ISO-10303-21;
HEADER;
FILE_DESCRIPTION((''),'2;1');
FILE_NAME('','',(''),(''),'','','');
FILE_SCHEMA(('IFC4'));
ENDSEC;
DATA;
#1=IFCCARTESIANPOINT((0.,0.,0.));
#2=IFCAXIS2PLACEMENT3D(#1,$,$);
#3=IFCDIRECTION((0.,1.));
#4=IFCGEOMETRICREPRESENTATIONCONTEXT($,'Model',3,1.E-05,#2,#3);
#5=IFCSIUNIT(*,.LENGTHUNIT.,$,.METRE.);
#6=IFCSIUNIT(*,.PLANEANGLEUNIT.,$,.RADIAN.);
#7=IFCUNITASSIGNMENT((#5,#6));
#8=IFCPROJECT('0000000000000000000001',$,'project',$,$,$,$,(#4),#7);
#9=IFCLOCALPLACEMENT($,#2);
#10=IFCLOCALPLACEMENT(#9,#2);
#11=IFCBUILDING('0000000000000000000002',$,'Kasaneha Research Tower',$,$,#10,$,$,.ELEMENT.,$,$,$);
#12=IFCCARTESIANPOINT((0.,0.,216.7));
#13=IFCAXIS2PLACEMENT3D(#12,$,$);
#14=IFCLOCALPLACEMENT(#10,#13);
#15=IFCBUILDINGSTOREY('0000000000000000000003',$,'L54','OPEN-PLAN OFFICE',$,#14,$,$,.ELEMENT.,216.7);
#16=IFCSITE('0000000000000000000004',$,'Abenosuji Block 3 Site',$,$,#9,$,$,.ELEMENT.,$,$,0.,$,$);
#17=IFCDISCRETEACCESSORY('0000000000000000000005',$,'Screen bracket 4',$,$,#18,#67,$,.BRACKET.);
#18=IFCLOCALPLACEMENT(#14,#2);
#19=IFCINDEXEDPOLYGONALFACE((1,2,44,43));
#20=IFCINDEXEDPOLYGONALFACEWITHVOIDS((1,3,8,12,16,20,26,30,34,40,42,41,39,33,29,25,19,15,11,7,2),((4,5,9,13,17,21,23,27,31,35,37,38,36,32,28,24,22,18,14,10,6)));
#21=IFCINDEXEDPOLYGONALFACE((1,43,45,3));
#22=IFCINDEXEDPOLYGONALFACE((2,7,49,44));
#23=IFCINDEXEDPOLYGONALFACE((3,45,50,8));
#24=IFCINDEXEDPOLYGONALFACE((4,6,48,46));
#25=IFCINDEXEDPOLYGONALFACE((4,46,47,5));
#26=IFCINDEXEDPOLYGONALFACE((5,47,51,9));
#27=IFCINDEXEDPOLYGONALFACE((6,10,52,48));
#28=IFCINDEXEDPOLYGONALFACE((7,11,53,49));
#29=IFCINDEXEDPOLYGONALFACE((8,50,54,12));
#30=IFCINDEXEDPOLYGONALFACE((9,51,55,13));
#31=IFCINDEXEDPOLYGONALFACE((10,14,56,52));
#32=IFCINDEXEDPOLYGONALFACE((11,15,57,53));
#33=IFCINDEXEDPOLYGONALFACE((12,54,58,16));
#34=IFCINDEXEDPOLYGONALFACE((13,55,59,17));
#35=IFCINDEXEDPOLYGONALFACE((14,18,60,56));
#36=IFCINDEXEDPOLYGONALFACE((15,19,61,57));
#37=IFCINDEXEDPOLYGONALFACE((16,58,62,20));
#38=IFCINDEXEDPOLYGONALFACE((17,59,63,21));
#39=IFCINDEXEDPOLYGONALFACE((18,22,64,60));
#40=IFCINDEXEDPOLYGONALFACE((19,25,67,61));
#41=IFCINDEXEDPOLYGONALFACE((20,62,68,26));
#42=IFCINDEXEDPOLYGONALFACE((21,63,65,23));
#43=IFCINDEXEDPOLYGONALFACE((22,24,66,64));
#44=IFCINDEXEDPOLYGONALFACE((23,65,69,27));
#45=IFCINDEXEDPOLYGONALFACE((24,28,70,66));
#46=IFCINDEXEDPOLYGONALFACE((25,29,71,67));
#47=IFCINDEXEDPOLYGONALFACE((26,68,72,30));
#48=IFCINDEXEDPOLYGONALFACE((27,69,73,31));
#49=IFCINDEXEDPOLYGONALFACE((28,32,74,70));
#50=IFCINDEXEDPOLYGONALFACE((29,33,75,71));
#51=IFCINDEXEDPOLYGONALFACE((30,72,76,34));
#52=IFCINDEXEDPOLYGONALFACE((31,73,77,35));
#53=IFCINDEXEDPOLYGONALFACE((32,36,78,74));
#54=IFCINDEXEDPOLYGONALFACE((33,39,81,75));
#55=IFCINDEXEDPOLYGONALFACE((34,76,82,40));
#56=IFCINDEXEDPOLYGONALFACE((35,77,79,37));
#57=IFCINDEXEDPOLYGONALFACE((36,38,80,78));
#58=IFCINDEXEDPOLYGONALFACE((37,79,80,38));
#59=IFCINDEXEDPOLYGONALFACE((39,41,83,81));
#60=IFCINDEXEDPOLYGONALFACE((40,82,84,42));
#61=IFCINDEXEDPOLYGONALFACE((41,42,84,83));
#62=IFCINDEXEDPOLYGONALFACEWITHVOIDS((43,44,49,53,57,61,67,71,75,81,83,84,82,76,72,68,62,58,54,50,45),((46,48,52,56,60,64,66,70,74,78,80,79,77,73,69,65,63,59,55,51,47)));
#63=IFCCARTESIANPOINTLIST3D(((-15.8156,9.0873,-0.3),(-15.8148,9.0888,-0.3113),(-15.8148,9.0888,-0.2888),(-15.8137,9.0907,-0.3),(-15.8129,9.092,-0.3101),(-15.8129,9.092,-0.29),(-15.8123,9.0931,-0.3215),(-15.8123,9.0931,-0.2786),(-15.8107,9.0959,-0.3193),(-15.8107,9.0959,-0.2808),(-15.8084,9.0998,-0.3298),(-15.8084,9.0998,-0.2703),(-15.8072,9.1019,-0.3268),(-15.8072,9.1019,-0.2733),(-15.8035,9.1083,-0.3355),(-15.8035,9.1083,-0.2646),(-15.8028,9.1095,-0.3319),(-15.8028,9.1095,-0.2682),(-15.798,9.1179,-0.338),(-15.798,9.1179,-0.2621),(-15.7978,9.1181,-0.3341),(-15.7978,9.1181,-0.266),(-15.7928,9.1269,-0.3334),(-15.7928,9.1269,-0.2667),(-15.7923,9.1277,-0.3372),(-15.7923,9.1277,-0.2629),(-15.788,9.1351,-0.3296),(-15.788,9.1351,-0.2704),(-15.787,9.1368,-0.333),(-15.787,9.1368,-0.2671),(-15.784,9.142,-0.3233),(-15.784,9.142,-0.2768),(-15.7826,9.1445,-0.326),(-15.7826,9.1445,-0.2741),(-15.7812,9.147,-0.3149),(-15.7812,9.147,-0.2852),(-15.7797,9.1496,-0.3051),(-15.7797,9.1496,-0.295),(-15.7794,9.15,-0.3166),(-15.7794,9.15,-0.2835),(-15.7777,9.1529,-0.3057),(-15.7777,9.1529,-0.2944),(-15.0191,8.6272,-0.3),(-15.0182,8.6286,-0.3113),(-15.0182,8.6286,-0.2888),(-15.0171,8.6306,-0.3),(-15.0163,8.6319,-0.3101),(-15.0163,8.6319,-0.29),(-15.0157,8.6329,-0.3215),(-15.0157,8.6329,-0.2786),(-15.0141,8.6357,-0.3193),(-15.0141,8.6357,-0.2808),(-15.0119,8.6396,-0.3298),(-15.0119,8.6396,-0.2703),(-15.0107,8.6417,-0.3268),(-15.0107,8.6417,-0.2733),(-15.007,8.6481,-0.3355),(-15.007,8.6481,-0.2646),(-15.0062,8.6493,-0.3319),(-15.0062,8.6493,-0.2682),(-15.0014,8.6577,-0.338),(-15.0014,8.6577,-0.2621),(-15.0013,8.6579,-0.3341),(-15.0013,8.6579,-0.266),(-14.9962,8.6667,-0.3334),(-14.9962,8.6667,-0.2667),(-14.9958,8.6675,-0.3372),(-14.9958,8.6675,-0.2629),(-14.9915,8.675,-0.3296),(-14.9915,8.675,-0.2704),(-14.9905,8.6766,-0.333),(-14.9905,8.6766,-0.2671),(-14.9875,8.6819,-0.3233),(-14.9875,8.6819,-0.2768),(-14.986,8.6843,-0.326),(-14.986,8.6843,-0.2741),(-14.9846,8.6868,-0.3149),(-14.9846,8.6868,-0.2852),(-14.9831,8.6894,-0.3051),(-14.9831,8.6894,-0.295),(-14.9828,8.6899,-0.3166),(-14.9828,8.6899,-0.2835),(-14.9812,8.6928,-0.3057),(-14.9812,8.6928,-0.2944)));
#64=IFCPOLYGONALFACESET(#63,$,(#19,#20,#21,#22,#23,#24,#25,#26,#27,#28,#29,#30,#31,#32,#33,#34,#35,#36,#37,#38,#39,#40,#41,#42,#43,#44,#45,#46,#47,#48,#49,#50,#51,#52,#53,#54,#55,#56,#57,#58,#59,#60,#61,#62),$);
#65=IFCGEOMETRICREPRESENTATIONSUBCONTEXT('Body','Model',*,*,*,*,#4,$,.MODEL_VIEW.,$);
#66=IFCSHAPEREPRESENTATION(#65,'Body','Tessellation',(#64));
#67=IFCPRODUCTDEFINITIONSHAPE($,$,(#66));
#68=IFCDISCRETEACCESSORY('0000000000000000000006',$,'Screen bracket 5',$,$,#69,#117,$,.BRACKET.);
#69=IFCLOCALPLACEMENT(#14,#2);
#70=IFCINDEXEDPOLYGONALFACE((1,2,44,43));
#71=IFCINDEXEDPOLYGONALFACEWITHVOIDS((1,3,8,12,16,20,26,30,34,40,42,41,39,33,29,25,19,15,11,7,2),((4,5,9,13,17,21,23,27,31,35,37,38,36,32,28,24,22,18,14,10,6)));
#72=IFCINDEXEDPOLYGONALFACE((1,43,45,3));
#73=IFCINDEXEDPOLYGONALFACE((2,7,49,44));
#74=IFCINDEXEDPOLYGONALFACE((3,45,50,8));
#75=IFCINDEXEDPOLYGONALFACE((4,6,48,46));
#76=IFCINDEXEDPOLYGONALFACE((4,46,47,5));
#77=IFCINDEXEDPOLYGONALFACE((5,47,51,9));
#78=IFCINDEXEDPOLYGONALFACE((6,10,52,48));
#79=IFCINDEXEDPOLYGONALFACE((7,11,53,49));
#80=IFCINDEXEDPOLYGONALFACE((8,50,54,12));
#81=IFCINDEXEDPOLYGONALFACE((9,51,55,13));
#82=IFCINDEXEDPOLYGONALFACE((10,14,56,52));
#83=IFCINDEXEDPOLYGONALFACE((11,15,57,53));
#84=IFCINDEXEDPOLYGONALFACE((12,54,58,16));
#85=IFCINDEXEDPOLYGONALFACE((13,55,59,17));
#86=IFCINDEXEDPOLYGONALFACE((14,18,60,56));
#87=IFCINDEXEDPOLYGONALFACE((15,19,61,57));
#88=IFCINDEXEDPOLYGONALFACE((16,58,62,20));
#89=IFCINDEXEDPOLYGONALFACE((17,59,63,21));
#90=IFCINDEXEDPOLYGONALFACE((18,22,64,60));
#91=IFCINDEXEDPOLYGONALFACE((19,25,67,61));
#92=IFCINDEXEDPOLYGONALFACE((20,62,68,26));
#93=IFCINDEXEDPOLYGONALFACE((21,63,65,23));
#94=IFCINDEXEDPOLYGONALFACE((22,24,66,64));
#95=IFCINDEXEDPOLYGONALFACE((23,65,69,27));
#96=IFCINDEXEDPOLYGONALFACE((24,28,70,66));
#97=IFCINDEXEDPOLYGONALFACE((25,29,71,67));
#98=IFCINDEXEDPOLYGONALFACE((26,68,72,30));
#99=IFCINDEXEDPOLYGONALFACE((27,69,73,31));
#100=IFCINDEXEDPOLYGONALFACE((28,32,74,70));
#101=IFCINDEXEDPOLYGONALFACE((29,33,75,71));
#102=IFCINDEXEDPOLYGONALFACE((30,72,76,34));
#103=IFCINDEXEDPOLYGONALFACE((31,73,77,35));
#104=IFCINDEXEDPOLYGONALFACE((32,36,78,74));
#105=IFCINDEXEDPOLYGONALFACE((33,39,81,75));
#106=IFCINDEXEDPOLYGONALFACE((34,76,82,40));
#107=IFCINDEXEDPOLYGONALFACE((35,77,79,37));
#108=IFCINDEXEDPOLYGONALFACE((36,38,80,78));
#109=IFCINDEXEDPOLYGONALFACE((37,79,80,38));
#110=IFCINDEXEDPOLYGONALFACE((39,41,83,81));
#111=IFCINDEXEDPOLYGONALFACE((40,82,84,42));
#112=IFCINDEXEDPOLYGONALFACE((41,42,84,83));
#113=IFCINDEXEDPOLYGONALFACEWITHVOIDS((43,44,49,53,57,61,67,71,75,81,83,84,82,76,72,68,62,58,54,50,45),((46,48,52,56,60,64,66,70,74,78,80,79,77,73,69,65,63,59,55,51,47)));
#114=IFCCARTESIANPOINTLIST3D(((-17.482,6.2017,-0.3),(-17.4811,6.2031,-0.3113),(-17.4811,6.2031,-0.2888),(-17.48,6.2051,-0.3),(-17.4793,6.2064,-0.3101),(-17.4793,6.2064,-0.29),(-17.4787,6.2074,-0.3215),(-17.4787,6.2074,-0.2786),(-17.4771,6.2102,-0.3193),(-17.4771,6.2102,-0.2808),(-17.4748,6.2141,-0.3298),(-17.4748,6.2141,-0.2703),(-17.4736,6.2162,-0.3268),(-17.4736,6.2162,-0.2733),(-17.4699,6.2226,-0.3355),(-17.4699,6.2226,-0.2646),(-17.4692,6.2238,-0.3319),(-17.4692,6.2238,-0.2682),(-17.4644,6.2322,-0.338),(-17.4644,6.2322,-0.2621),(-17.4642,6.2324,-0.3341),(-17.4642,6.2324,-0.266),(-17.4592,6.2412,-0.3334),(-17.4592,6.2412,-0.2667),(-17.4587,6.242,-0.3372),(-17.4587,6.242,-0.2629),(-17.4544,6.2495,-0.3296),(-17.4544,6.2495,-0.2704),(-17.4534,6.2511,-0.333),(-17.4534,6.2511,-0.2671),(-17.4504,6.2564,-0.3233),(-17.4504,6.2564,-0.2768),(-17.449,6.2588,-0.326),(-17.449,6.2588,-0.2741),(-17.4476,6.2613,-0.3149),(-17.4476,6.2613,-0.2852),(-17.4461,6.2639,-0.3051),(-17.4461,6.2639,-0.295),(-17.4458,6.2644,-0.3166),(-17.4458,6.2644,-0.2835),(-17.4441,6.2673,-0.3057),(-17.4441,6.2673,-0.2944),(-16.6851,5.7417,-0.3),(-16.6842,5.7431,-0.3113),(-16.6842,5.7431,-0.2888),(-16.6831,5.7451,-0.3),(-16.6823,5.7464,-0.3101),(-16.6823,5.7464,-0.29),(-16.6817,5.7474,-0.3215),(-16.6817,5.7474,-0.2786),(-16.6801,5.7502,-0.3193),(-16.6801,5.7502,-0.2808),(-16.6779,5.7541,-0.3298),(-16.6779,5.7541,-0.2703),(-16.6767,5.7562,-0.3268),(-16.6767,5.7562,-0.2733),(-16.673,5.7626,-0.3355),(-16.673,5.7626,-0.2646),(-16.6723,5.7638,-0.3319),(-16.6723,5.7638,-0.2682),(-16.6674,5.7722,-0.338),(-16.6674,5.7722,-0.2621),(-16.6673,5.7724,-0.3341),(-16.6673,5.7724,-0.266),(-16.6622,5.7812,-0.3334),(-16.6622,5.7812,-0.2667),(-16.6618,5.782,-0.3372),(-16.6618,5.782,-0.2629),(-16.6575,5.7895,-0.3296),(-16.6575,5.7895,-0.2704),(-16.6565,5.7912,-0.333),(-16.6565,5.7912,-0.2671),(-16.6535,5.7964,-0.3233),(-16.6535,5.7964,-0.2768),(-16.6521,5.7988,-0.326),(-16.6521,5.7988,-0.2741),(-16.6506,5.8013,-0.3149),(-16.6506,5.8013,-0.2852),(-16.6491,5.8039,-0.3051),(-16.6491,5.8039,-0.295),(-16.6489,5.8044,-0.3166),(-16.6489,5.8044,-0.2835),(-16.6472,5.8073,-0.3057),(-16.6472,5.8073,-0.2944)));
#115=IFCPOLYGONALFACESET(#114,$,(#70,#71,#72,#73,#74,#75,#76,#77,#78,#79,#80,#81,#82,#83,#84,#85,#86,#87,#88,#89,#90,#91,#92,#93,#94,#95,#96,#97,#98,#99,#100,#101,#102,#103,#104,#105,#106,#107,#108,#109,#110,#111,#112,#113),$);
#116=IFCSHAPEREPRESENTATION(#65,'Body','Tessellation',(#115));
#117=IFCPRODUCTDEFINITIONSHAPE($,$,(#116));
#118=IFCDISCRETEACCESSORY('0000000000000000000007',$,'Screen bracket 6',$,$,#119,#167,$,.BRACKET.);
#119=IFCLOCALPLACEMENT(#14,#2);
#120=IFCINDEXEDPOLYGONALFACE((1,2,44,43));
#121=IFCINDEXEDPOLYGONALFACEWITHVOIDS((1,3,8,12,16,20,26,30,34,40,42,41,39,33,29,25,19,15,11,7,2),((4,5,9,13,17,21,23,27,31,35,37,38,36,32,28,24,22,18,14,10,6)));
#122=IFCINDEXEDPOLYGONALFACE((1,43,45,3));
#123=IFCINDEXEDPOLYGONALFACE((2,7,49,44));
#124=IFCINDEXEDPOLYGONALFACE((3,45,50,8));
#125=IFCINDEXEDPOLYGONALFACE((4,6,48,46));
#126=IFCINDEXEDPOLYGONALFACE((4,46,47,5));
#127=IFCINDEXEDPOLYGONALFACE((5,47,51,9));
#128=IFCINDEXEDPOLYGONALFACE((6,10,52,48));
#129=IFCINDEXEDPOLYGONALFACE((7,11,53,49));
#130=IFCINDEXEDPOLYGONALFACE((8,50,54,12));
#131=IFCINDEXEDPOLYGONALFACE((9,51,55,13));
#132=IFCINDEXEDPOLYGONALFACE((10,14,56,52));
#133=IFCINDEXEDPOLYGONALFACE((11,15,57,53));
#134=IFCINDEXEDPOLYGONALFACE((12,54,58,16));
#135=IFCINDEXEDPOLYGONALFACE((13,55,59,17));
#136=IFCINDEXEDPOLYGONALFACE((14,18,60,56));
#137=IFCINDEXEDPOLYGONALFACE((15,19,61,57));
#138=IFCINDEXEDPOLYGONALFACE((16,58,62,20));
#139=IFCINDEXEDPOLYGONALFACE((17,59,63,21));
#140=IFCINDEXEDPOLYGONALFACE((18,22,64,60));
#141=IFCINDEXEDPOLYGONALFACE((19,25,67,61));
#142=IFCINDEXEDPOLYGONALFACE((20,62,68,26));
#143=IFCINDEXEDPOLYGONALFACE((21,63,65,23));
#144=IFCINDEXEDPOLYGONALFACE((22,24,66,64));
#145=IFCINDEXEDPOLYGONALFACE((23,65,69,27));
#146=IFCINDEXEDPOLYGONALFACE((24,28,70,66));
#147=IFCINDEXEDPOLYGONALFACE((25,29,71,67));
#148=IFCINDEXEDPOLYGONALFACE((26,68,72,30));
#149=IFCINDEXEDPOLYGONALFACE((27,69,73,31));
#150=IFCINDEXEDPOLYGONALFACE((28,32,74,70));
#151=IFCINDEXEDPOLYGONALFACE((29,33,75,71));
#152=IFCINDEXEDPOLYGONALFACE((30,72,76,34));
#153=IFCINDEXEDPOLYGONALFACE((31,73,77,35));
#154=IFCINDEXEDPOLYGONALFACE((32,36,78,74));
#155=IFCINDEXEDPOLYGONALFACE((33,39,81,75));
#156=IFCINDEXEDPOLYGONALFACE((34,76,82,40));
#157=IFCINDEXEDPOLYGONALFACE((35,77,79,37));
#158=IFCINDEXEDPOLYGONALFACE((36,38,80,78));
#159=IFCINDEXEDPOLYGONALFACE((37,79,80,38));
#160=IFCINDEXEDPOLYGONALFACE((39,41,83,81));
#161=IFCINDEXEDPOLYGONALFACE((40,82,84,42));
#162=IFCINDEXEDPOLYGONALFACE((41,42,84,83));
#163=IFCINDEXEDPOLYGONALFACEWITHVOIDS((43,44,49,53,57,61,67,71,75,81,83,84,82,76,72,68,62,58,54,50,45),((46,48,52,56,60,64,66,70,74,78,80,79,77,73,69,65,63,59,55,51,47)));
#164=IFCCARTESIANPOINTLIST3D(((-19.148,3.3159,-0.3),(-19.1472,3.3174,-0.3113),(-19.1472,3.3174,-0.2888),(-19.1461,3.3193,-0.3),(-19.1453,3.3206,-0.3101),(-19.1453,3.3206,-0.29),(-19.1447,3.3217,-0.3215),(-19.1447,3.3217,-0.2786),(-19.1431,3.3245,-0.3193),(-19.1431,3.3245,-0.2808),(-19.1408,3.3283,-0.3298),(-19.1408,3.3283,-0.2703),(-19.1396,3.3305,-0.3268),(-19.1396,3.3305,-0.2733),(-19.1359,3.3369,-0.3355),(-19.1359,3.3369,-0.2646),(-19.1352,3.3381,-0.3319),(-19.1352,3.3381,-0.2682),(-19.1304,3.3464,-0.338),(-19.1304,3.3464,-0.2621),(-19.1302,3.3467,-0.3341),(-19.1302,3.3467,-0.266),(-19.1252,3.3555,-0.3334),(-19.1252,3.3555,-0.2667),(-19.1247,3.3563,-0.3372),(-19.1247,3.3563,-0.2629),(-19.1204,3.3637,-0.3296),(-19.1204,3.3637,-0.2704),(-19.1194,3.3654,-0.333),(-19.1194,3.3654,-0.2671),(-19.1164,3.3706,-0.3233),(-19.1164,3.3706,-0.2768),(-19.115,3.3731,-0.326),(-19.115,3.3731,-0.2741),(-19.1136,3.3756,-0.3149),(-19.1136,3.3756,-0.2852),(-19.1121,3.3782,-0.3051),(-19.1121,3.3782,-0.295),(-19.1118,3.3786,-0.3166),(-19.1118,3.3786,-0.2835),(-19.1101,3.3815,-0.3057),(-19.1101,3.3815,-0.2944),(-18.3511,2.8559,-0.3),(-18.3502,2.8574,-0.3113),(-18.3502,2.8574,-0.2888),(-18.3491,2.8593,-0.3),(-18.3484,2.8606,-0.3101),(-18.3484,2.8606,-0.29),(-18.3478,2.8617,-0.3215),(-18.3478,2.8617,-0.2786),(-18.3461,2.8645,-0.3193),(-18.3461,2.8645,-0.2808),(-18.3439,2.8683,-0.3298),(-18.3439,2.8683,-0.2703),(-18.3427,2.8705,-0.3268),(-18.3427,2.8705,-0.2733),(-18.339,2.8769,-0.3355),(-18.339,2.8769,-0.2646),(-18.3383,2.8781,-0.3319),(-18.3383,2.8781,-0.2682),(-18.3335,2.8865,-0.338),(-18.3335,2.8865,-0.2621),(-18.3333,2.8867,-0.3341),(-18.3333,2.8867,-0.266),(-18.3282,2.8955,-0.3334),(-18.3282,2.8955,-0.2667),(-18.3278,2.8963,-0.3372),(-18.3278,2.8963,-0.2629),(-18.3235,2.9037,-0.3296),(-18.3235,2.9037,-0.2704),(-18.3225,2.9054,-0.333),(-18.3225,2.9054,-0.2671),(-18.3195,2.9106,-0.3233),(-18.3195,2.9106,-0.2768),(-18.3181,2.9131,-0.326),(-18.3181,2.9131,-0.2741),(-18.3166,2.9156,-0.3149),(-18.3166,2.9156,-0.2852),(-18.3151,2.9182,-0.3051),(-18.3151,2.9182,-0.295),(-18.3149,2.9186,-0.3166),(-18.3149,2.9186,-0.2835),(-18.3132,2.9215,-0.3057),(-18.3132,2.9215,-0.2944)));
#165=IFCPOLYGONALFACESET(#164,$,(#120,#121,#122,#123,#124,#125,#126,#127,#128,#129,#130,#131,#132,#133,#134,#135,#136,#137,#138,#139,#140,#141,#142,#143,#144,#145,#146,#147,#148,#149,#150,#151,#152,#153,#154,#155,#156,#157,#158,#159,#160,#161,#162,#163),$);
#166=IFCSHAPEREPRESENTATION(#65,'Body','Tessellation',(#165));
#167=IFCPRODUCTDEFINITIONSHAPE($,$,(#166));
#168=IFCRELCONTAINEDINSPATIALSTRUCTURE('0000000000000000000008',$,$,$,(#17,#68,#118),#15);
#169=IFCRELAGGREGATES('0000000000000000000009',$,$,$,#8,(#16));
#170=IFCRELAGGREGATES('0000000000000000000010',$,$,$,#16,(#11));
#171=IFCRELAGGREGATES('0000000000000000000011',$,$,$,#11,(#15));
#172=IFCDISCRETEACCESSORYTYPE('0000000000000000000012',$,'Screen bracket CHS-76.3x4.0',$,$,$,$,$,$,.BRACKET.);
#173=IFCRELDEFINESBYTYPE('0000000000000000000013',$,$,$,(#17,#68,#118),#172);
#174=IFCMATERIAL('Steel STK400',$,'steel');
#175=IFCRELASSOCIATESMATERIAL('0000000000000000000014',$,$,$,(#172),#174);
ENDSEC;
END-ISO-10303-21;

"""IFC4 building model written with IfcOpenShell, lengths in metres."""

from ifc_helpers import new_model, si_unit, direction, frame, origin, origin_2d, place, context, subcontext, project, spatial, hollow_circle, extrude, material, material_profile, profile_set, type_object, element, save


model = new_model("IFC4")

# Units and contexts
model_context = context("Model", 3, precision=1e-05, world=origin(), true_north=direction((0.0, 1.0)))
body_context = subcontext(model_context, "Body", "Model", "MODEL_VIEW")
ifc_project = project(units=[si_unit("LENGTHUNIT", "METRE"), si_unit("PLANEANGLEUNIT", "RADIAN")], contexts=[model_context])

# Site, building, storey
site_placement = place(None, origin())
site = spatial("IfcSite", under=ifc_project, at=site_placement, Name="Abenosuji Block 3 Site", CompositionType="ELEMENT", RefElevation=0.0)
building_placement = place(site_placement, origin())
building = spatial("IfcBuilding", under=site, at=building_placement, Name="Kasaneha Research Tower", CompositionType="ELEMENT")
storey_placement = place(building_placement, frame((0.0, 0.0, 216.7)))
storey = spatial("IfcBuildingStorey", under=building, at=storey_placement, Name="L54", Description="OPEN-PLAN OFFICE", CompositionType="ELEMENT", Elevation=216.7)

# Discrete accessories
ifc_material_1 = material(Name="Steel STK400", Category="steel")
ifc_material_profile_1 = material_profile(ifc_material_1, hollow_circle(Radius=0.0381, WallThickness=0.0039, at=origin_2d()), Name="CHS-76.3x4.0")
ifc_profile_set_1 = profile_set([ifc_material_profile_1], Name="Steel STK400")
discrete_accessory_type = type_object("IfcDiscreteAccessoryType", Name="Screen bracket CHS-76.3x4.0", PredefinedType="BRACKET", material=ifc_profile_set_1)
discrete_accessory_1_placement = place(storey_placement, frame((-15.0, 8.6602, -0.3), z_axis=(-0.865898, 0.50022, 0.0), x_axis=(-0.50022, -0.865898, 0.0)))
element("IfcDiscreteAccessory", 1, at=discrete_accessory_1_placement, inside=storey, type_object=discrete_accessory_type, Name="Screen bracket 4", PredefinedType="BRACKET", context=body_context, shape_type="SweptSolid", body=[
    extrude(hollow_circle(Radius=0.0381, WallThickness=0.0039, at=origin_2d()), origin(), (0.0, 0.0, 1.0), 0.9199),
])
for number, where, z_axis, x_axis, name in (
    (2, (-16.666, 5.7747, -0.3), (-0.86608, 0.499906, 0.0), (-0.499906, -0.86608, 0.0), "Screen bracket 5"),
    (3, (-18.332, 2.8889, -0.3), (-0.86608, 0.499906, 0.0), (-0.499906, -0.86608, 0.0), "Screen bracket 6"),
):
    element("IfcDiscreteAccessory", number, at=place(storey_placement, frame(where, z_axis=z_axis, x_axis=x_axis)), inside=storey, type_object=discrete_accessory_type, Name=name, PredefinedType="BRACKET", context=body_context, shape_type="SweptSolid", body=[
        extrude(hollow_circle(Radius=0.0381, WallThickness=0.0039, at=origin_2d()), origin(), (0.0, 0.0, 1.0), 0.9202),
    ])

save(model, "model.ifc")
